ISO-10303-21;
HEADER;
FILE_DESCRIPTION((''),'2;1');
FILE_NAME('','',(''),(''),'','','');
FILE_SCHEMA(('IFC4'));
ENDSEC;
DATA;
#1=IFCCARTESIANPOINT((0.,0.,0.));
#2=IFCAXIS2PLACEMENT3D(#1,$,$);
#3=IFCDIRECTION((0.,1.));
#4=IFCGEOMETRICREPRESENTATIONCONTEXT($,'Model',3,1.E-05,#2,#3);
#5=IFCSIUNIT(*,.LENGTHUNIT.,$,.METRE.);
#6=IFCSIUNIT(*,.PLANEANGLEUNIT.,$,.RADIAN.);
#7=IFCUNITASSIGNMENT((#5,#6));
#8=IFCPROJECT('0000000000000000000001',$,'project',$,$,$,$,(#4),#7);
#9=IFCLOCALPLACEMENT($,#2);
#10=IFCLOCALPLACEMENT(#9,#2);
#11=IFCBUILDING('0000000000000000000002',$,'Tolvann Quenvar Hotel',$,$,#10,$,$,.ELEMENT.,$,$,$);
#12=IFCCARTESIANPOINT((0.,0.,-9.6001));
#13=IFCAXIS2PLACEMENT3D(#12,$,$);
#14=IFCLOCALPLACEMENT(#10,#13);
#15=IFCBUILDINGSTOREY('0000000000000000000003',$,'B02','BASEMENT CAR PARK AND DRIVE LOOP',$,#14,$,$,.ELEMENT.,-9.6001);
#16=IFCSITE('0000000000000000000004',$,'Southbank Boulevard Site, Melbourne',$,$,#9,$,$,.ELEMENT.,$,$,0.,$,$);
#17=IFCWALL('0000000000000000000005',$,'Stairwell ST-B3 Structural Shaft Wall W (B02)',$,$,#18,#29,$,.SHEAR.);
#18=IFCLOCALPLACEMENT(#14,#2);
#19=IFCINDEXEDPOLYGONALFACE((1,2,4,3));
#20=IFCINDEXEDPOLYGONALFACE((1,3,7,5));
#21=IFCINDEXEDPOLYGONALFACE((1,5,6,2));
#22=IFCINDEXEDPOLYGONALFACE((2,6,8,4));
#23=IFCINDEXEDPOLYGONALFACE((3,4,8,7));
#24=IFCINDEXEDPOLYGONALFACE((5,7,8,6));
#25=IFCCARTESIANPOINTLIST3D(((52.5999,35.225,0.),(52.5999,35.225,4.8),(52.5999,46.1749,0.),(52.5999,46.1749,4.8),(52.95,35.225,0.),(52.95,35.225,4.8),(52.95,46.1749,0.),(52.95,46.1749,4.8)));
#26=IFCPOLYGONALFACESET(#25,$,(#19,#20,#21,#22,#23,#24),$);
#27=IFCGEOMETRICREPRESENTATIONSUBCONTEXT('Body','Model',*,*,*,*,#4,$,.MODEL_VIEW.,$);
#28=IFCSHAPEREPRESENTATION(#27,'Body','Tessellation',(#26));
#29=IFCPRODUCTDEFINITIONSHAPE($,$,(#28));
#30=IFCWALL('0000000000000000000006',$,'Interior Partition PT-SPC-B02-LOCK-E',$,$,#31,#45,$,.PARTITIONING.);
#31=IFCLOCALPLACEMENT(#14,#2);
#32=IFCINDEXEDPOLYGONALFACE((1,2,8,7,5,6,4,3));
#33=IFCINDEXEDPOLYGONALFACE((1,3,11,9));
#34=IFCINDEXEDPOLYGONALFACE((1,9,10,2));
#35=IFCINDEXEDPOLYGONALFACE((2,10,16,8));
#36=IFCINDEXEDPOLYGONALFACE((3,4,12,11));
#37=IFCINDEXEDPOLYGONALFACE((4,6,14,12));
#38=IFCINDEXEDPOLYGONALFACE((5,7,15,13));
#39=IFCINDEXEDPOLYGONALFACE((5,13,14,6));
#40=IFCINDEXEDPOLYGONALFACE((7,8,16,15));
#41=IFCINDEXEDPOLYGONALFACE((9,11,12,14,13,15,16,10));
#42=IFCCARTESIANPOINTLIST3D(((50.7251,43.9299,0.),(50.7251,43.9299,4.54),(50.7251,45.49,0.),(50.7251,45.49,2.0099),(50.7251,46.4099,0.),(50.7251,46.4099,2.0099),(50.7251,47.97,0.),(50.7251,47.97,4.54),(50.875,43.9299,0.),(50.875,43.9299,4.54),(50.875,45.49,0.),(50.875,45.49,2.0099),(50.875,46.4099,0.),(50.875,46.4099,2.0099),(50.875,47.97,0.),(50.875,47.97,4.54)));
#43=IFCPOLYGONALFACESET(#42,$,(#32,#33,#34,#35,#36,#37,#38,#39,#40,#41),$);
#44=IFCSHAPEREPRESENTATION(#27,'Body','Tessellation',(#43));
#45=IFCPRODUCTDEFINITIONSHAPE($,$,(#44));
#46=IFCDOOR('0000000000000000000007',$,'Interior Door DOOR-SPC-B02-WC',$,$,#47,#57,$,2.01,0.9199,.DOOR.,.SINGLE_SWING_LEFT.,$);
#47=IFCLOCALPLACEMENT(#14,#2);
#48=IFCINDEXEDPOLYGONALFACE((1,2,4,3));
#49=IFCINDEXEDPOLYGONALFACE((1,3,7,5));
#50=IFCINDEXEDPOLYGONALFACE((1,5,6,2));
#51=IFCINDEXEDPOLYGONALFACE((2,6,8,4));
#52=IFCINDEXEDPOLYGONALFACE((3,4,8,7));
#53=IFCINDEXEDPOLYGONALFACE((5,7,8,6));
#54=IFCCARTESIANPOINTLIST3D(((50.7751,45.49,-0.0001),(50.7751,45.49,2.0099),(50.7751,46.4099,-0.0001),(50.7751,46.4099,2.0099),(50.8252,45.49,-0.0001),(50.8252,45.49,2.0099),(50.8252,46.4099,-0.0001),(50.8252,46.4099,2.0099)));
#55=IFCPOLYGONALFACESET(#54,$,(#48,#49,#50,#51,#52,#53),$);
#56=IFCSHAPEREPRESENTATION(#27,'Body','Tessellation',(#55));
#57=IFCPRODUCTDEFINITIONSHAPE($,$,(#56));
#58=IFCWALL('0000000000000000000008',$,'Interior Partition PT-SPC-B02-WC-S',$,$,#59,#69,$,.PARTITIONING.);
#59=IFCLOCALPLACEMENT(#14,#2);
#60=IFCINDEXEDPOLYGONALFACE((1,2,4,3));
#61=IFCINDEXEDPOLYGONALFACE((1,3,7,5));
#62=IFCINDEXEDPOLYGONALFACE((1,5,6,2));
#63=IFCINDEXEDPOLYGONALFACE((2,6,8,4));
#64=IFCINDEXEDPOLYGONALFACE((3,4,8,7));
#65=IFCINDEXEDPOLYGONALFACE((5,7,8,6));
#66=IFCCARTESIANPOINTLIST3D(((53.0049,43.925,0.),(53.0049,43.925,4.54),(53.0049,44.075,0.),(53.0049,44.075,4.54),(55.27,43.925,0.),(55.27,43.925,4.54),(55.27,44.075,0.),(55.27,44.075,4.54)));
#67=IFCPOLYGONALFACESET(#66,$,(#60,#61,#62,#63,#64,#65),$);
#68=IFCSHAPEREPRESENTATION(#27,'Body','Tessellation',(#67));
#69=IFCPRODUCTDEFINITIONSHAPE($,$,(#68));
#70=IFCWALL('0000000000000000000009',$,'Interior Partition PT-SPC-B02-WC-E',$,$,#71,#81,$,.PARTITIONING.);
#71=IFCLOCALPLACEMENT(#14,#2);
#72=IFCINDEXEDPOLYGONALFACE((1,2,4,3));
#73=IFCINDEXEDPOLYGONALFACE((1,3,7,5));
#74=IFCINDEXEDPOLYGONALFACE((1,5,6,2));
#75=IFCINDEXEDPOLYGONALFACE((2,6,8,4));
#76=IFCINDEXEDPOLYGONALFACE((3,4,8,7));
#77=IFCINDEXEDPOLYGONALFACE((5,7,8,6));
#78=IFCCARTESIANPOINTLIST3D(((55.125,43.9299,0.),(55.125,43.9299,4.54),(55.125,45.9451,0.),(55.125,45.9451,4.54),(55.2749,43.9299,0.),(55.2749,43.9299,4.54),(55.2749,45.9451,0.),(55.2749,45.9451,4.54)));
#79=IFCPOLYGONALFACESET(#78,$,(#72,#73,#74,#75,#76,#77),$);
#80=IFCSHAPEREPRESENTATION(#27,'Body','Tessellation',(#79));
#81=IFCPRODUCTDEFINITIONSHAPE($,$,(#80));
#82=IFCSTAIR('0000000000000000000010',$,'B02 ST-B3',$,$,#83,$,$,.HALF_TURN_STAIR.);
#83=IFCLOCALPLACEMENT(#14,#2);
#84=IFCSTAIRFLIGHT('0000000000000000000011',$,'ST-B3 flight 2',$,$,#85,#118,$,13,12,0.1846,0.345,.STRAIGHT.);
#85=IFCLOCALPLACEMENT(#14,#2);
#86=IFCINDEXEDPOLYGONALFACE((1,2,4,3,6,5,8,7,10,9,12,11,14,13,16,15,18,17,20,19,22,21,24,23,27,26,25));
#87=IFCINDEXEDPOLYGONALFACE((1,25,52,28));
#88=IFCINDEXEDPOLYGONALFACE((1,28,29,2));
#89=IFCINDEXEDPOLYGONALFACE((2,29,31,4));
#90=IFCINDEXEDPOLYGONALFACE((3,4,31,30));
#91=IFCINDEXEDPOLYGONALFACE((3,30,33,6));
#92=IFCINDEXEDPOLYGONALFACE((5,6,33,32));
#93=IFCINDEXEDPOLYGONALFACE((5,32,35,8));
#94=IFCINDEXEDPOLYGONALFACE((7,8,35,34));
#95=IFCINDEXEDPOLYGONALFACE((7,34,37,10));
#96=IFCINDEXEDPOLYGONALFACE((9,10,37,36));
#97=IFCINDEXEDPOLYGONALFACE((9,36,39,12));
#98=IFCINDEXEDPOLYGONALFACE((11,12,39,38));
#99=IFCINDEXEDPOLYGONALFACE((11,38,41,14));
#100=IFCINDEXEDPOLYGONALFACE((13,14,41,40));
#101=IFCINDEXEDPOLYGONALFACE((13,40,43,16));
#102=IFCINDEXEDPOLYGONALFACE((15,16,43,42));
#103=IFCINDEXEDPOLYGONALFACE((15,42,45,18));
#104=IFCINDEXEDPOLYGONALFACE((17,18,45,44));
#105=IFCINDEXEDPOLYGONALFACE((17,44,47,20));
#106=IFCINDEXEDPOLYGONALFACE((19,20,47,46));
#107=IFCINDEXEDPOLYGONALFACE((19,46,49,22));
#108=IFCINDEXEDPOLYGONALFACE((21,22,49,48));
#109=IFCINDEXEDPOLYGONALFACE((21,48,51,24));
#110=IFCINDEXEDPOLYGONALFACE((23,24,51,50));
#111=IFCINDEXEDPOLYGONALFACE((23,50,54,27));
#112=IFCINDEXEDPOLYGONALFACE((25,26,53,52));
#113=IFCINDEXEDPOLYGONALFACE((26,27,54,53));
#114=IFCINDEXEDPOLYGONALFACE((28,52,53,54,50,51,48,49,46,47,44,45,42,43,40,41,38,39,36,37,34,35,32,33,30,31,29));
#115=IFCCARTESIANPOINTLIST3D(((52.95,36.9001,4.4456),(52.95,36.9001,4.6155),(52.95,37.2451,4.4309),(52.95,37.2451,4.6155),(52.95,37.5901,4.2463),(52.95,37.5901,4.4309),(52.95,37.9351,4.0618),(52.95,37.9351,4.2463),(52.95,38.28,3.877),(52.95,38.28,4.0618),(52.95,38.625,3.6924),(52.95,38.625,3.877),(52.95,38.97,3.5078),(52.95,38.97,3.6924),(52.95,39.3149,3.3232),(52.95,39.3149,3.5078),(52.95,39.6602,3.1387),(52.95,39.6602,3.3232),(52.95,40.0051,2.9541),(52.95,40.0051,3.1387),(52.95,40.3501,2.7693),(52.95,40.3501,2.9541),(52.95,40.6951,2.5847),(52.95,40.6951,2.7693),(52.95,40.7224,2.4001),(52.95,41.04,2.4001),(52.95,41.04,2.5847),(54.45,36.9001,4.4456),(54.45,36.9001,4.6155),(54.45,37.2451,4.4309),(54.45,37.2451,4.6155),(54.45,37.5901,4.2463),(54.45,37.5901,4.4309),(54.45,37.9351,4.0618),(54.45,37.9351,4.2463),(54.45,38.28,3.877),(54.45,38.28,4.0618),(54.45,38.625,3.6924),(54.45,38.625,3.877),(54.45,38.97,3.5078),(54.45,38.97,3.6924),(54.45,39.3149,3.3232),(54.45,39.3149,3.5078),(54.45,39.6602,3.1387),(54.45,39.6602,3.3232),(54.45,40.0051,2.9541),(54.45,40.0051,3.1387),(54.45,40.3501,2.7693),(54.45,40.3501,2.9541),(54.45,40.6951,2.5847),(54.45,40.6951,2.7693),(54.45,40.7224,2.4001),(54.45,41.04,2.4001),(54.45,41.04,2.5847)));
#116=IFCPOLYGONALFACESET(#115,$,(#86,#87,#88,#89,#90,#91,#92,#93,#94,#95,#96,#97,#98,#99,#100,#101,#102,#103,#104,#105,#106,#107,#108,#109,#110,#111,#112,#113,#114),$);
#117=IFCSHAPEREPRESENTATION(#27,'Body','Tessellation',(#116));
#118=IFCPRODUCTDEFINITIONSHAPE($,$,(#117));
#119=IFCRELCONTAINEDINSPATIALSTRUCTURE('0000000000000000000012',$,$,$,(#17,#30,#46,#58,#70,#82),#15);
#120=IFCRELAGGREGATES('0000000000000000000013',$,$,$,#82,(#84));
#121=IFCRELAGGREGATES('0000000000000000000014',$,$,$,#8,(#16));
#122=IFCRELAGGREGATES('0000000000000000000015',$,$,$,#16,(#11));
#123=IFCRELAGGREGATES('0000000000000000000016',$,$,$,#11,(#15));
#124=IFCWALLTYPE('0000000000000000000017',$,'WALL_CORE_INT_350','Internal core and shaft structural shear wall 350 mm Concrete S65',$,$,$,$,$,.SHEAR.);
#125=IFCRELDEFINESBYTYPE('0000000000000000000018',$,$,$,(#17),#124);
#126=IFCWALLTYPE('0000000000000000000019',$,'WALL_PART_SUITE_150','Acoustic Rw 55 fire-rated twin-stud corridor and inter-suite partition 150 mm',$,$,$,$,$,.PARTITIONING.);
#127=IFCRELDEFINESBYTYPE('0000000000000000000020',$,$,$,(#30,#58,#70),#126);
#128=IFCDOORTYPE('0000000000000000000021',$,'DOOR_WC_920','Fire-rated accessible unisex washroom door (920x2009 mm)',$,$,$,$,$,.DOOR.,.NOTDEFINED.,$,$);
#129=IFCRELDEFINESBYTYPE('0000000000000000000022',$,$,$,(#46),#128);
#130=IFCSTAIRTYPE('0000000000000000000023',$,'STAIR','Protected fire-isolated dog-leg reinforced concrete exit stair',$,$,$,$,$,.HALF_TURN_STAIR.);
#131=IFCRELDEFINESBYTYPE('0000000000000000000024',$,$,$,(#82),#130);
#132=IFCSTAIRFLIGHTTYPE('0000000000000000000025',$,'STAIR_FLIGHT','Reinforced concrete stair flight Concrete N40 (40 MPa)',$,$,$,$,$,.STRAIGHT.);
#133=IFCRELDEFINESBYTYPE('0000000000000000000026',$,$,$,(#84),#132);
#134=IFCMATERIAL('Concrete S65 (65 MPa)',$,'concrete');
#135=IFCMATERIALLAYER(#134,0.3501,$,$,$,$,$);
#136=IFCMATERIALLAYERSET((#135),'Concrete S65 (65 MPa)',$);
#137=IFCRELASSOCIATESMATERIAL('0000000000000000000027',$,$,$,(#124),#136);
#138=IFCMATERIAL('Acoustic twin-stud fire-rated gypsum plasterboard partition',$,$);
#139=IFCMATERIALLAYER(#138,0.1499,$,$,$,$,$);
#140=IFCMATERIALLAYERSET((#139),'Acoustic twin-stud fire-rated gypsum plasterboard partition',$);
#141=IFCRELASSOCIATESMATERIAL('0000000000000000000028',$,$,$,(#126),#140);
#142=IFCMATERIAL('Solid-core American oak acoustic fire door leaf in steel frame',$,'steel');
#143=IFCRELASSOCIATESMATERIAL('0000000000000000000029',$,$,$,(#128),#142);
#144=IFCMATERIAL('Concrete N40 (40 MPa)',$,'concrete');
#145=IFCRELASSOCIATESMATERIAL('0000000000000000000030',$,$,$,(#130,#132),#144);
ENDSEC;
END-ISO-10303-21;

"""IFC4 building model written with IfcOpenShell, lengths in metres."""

from ifc_helpers import new_model, si_unit, direction, frame, frame_2d, origin, place, context, subcontext, project, spatial, polyline, rectangle, outline, extrude, source, transform, mapped, material, layer, layer_set, type_object, type_shapes, element, fill, aggregate, save


model = new_model("IFC4")

# Units and contexts
model_context = context("Model", 3, precision=1e-05, world=origin(), true_north=direction((0.0, 1.0)))
body_context = subcontext(model_context, "Body", "Model", "MODEL_VIEW")
ifc_project = project(units=[si_unit("LENGTHUNIT", "METRE"), si_unit("PLANEANGLEUNIT", "RADIAN")], contexts=[model_context])

# Site, building, storey
site_placement = place(None, origin())
site = spatial("IfcSite", under=ifc_project, at=site_placement, Name="Southbank Boulevard Site, Melbourne", CompositionType="ELEMENT", RefElevation=0.0)
building_placement = place(site_placement, origin())
building = spatial("IfcBuilding", under=site, at=building_placement, Name="Tolvann Quenvar Hotel", CompositionType="ELEMENT")
storey_placement = place(building_placement, frame((0.0, 0.0, -9.6001)))
storey = spatial("IfcBuildingStorey", under=building, at=storey_placement, Name="B02", Description="BASEMENT CAR PARK AND DRIVE LOOP", CompositionType="ELEMENT", Elevation=-9.6001)

# Wall
ifc_material_1 = material(Name="Concrete S65 (65 MPa)", Category="concrete")
ifc_layer_1 = layer(ifc_material_1, 0.3501)
ifc_layer_set_1 = layer_set([ifc_layer_1], Name="Concrete S65 (65 MPa)")
wall_type_1 = type_object("IfcWallType", Name="WALL_CORE_INT_350", Description="Internal core and shaft structural shear wall 350 mm Concrete S65", PredefinedType="SHEAR", material=ifc_layer_set_1)
wall_1_placement = place(storey_placement, frame((52.7749, 46.175, 0.0), z_axis=(0.0, 0.0, 1.0), x_axis=(0.0, -1.0, 0.0)))
element("IfcWall", 1, at=wall_1_placement, inside=storey, type_object=wall_type_1, Name="Stairwell ST-B3 Structural Shaft Wall W (B02)", PredefinedType="SHEAR", context=body_context, shape_type="SweptSolid", body=[
    extrude(rectangle(XDim=10.95, YDim=0.3501, at=frame_2d((5.4751, 0.0))), origin(), (0.0, 0.0, 1.0), 4.8),
])

# Wall, opening, door
ifc_material_2 = material(Name="Acoustic twin-stud fire-rated gypsum plasterboard partition")
ifc_layer_2 = layer(ifc_material_2, 0.1499)
ifc_layer_set_2 = layer_set([ifc_layer_2], Name="Acoustic twin-stud fire-rated gypsum plasterboard partition")
wall_type_2 = type_object("IfcWallType", Name="WALL_PART_SUITE_150", Description="Acoustic Rw 55 fire-rated twin-stud corridor and inter-suite partition 150 mm", PredefinedType="PARTITIONING", material=ifc_layer_set_2)
wall_2_placement = place(storey_placement, frame((50.8, 43.9299, 0.0), z_axis=(0.0, 0.0, 1.0), x_axis=(0.0, 1.0, 0.0)))
wall_2 = element("IfcWall", 2, at=wall_2_placement, inside=storey, type_object=wall_type_2, Name="Interior Partition PT-SPC-B02-LOCK-E", PredefinedType="PARTITIONING", context=body_context, shape_type="SweptSolid", body=[
    extrude(rectangle(XDim=4.04, YDim=0.1499, at=frame_2d((2.02, 0.0))), origin(), (0.0, 0.0, 1.0), 4.54),
])
opening_placement = place(wall_2_placement, frame((1.5601, 0.0, 0.0)))
opening = element("IfcOpeningElement", 3, at=opening_placement, cuts=wall_2, PredefinedType="OPENING", context=body_context, shape_type="SweptSolid", body=[
    extrude(rectangle(XDim=0.9199, YDim=2.01, at=frame_2d((0.46, 1.0049))), frame((0.0, 0.085, 0.0), z_axis=(0.0, -1.0, 0.0), x_axis=(1.0, 0.0, 0.0)), (0.0, 0.0, 1.0), 0.1699),
])
ifc_material_3 = material(Name="Solid-core American oak acoustic fire door leaf in steel frame", Category="steel")
door_type = type_object("IfcDoorType", Name="DOOR_WC_920", Description="Fire-rated accessible unisex washroom door (920x2009 mm)", OperationType="NOTDEFINED", PredefinedType="DOOR", material=ifc_material_3)
shared_shape_1 = source(origin(), body_context, "Body", "SweptSolid", [
    extrude(rectangle(XDim=0.9199, YDim=2.01, at=frame_2d((0.46, 1.0049))), frame((0.0, 0.0249, 0.0), z_axis=(0.0, -1.0, 0.0), x_axis=(1.0, 0.0, 0.0)), (0.0, 0.0, 1.0), 0.05),
])
type_shapes(door_type, [shared_shape_1])
door_placement = place(opening_placement, origin())
door = element("IfcDoor", 4, at=door_placement, inside=storey, type_object=door_type, Name="Interior Door DOOR-SPC-B02-WC", OperationType="SINGLE_SWING_LEFT", OverallHeight=2.01, OverallWidth=0.9199, PredefinedType="DOOR", context=body_context, shape_type="MappedRepresentation", body=[
    mapped(shared_shape_1, transform((0.0, 0.0, 0.0), x_axis=(1.0, 0.0, 0.0), y_axis=(0.0, 1.0, 0.0), z_axis=(0.0, 0.0, 1.0), scale=1.0)),
])
fill(opening, door)

# Walls
wall_3_placement = place(storey_placement, frame((53.0049, 44.0, 0.0), z_axis=(0.0, 0.0, 1.0), x_axis=(1.0, 0.0, 0.0)))
element("IfcWall", 5, at=wall_3_placement, inside=storey, type_object=wall_type_2, Name="Interior Partition PT-SPC-B02-WC-S", PredefinedType="PARTITIONING", context=body_context, shape_type="SweptSolid", body=[
    extrude(rectangle(XDim=2.2651, YDim=0.1499, at=frame_2d((1.1326, 0.0))), origin(), (0.0, 0.0, 1.0), 4.54),
])
wall_4_placement = place(storey_placement, frame((55.2, 43.9299, 0.0), z_axis=(0.0, 0.0, 1.0), x_axis=(0.0, 1.0, 0.0)))
element("IfcWall", 6, at=wall_4_placement, inside=storey, type_object=wall_type_2, Name="Interior Partition PT-SPC-B02-WC-E", PredefinedType="PARTITIONING", context=body_context, shape_type="SweptSolid", body=[
    extrude(rectangle(XDim=2.0151, YDim=0.1499, at=frame_2d((1.0076, 0.0))), origin(), (0.0, 0.0, 1.0), 4.54),
])

# Stair, stair flight
ifc_material_4 = material(Name="Concrete N40 (40 MPa)", Category="concrete")
stair_type = type_object("IfcStairType", Name="STAIR", Description="Protected fire-isolated dog-leg reinforced concrete exit stair", PredefinedType="HALF_TURN_STAIR", material=ifc_material_4)
stair_placement = place(storey_placement, origin())
stair = element("IfcStair", 7, at=stair_placement, inside=storey, type_object=stair_type, Name="B02 ST-B3", PredefinedType="HALF_TURN_STAIR")
stair_flight_type = type_object("IfcStairFlightType", Name="STAIR_FLIGHT", Description="Reinforced concrete stair flight Concrete N40 (40 MPa)", PredefinedType="STRAIGHT", material=ifc_material_4)
stair_flight_placement = place(storey_placement, frame((53.7, 41.04, 2.4001), z_axis=(0.0, 0.0, 1.0), x_axis=(0.0, -1.0, 0.0)))
stair_flight = element("IfcStairFlight", 8, at=stair_flight_placement, type_object=stair_flight_type, Name="ST-B3 flight 2", NumberOfRisers=13, NumberOfTreads=12, PredefinedType="STRAIGHT", RiserHeight=0.1846, TreadLength=0.345, context=body_context, shape_type="SweptSolid", body=[
    extrude(outline(polyline([(0.0, 0.0), (0.0, 0.1846), (0.345, 0.1846), (0.345, 0.3691), (0.6899, 0.3691), (0.6899, 0.554), (1.0349, 0.554), (1.0349, 0.7385), (1.3799, 0.7385), (1.3799, 0.9231), (1.7251, 0.9231), (1.7251, 1.1077), (2.0701, 1.1077), (2.0701, 1.2922), (2.415, 1.2922), (2.415, 1.4768), (2.76, 1.4768), (2.76, 1.6616), (3.105, 1.6616), (3.105, 1.8462), (3.45, 1.8462), (3.45, 2.0308), (3.7949, 2.0308), (3.7949, 2.2153), (4.1399, 2.2153), (4.1399, 2.3999), (4.1399, 2.0454), (0.3176, 0.0), (0.0, 0.0)])), frame((0.0, 0.75, 0.0), z_axis=(0.0, -1.0, 0.0), x_axis=(1.0, 0.0, 0.0)), (0.0, 0.0, 1.0), 1.5),
])
aggregate(stair, [stair_flight])

save(model, "model.ifc")
